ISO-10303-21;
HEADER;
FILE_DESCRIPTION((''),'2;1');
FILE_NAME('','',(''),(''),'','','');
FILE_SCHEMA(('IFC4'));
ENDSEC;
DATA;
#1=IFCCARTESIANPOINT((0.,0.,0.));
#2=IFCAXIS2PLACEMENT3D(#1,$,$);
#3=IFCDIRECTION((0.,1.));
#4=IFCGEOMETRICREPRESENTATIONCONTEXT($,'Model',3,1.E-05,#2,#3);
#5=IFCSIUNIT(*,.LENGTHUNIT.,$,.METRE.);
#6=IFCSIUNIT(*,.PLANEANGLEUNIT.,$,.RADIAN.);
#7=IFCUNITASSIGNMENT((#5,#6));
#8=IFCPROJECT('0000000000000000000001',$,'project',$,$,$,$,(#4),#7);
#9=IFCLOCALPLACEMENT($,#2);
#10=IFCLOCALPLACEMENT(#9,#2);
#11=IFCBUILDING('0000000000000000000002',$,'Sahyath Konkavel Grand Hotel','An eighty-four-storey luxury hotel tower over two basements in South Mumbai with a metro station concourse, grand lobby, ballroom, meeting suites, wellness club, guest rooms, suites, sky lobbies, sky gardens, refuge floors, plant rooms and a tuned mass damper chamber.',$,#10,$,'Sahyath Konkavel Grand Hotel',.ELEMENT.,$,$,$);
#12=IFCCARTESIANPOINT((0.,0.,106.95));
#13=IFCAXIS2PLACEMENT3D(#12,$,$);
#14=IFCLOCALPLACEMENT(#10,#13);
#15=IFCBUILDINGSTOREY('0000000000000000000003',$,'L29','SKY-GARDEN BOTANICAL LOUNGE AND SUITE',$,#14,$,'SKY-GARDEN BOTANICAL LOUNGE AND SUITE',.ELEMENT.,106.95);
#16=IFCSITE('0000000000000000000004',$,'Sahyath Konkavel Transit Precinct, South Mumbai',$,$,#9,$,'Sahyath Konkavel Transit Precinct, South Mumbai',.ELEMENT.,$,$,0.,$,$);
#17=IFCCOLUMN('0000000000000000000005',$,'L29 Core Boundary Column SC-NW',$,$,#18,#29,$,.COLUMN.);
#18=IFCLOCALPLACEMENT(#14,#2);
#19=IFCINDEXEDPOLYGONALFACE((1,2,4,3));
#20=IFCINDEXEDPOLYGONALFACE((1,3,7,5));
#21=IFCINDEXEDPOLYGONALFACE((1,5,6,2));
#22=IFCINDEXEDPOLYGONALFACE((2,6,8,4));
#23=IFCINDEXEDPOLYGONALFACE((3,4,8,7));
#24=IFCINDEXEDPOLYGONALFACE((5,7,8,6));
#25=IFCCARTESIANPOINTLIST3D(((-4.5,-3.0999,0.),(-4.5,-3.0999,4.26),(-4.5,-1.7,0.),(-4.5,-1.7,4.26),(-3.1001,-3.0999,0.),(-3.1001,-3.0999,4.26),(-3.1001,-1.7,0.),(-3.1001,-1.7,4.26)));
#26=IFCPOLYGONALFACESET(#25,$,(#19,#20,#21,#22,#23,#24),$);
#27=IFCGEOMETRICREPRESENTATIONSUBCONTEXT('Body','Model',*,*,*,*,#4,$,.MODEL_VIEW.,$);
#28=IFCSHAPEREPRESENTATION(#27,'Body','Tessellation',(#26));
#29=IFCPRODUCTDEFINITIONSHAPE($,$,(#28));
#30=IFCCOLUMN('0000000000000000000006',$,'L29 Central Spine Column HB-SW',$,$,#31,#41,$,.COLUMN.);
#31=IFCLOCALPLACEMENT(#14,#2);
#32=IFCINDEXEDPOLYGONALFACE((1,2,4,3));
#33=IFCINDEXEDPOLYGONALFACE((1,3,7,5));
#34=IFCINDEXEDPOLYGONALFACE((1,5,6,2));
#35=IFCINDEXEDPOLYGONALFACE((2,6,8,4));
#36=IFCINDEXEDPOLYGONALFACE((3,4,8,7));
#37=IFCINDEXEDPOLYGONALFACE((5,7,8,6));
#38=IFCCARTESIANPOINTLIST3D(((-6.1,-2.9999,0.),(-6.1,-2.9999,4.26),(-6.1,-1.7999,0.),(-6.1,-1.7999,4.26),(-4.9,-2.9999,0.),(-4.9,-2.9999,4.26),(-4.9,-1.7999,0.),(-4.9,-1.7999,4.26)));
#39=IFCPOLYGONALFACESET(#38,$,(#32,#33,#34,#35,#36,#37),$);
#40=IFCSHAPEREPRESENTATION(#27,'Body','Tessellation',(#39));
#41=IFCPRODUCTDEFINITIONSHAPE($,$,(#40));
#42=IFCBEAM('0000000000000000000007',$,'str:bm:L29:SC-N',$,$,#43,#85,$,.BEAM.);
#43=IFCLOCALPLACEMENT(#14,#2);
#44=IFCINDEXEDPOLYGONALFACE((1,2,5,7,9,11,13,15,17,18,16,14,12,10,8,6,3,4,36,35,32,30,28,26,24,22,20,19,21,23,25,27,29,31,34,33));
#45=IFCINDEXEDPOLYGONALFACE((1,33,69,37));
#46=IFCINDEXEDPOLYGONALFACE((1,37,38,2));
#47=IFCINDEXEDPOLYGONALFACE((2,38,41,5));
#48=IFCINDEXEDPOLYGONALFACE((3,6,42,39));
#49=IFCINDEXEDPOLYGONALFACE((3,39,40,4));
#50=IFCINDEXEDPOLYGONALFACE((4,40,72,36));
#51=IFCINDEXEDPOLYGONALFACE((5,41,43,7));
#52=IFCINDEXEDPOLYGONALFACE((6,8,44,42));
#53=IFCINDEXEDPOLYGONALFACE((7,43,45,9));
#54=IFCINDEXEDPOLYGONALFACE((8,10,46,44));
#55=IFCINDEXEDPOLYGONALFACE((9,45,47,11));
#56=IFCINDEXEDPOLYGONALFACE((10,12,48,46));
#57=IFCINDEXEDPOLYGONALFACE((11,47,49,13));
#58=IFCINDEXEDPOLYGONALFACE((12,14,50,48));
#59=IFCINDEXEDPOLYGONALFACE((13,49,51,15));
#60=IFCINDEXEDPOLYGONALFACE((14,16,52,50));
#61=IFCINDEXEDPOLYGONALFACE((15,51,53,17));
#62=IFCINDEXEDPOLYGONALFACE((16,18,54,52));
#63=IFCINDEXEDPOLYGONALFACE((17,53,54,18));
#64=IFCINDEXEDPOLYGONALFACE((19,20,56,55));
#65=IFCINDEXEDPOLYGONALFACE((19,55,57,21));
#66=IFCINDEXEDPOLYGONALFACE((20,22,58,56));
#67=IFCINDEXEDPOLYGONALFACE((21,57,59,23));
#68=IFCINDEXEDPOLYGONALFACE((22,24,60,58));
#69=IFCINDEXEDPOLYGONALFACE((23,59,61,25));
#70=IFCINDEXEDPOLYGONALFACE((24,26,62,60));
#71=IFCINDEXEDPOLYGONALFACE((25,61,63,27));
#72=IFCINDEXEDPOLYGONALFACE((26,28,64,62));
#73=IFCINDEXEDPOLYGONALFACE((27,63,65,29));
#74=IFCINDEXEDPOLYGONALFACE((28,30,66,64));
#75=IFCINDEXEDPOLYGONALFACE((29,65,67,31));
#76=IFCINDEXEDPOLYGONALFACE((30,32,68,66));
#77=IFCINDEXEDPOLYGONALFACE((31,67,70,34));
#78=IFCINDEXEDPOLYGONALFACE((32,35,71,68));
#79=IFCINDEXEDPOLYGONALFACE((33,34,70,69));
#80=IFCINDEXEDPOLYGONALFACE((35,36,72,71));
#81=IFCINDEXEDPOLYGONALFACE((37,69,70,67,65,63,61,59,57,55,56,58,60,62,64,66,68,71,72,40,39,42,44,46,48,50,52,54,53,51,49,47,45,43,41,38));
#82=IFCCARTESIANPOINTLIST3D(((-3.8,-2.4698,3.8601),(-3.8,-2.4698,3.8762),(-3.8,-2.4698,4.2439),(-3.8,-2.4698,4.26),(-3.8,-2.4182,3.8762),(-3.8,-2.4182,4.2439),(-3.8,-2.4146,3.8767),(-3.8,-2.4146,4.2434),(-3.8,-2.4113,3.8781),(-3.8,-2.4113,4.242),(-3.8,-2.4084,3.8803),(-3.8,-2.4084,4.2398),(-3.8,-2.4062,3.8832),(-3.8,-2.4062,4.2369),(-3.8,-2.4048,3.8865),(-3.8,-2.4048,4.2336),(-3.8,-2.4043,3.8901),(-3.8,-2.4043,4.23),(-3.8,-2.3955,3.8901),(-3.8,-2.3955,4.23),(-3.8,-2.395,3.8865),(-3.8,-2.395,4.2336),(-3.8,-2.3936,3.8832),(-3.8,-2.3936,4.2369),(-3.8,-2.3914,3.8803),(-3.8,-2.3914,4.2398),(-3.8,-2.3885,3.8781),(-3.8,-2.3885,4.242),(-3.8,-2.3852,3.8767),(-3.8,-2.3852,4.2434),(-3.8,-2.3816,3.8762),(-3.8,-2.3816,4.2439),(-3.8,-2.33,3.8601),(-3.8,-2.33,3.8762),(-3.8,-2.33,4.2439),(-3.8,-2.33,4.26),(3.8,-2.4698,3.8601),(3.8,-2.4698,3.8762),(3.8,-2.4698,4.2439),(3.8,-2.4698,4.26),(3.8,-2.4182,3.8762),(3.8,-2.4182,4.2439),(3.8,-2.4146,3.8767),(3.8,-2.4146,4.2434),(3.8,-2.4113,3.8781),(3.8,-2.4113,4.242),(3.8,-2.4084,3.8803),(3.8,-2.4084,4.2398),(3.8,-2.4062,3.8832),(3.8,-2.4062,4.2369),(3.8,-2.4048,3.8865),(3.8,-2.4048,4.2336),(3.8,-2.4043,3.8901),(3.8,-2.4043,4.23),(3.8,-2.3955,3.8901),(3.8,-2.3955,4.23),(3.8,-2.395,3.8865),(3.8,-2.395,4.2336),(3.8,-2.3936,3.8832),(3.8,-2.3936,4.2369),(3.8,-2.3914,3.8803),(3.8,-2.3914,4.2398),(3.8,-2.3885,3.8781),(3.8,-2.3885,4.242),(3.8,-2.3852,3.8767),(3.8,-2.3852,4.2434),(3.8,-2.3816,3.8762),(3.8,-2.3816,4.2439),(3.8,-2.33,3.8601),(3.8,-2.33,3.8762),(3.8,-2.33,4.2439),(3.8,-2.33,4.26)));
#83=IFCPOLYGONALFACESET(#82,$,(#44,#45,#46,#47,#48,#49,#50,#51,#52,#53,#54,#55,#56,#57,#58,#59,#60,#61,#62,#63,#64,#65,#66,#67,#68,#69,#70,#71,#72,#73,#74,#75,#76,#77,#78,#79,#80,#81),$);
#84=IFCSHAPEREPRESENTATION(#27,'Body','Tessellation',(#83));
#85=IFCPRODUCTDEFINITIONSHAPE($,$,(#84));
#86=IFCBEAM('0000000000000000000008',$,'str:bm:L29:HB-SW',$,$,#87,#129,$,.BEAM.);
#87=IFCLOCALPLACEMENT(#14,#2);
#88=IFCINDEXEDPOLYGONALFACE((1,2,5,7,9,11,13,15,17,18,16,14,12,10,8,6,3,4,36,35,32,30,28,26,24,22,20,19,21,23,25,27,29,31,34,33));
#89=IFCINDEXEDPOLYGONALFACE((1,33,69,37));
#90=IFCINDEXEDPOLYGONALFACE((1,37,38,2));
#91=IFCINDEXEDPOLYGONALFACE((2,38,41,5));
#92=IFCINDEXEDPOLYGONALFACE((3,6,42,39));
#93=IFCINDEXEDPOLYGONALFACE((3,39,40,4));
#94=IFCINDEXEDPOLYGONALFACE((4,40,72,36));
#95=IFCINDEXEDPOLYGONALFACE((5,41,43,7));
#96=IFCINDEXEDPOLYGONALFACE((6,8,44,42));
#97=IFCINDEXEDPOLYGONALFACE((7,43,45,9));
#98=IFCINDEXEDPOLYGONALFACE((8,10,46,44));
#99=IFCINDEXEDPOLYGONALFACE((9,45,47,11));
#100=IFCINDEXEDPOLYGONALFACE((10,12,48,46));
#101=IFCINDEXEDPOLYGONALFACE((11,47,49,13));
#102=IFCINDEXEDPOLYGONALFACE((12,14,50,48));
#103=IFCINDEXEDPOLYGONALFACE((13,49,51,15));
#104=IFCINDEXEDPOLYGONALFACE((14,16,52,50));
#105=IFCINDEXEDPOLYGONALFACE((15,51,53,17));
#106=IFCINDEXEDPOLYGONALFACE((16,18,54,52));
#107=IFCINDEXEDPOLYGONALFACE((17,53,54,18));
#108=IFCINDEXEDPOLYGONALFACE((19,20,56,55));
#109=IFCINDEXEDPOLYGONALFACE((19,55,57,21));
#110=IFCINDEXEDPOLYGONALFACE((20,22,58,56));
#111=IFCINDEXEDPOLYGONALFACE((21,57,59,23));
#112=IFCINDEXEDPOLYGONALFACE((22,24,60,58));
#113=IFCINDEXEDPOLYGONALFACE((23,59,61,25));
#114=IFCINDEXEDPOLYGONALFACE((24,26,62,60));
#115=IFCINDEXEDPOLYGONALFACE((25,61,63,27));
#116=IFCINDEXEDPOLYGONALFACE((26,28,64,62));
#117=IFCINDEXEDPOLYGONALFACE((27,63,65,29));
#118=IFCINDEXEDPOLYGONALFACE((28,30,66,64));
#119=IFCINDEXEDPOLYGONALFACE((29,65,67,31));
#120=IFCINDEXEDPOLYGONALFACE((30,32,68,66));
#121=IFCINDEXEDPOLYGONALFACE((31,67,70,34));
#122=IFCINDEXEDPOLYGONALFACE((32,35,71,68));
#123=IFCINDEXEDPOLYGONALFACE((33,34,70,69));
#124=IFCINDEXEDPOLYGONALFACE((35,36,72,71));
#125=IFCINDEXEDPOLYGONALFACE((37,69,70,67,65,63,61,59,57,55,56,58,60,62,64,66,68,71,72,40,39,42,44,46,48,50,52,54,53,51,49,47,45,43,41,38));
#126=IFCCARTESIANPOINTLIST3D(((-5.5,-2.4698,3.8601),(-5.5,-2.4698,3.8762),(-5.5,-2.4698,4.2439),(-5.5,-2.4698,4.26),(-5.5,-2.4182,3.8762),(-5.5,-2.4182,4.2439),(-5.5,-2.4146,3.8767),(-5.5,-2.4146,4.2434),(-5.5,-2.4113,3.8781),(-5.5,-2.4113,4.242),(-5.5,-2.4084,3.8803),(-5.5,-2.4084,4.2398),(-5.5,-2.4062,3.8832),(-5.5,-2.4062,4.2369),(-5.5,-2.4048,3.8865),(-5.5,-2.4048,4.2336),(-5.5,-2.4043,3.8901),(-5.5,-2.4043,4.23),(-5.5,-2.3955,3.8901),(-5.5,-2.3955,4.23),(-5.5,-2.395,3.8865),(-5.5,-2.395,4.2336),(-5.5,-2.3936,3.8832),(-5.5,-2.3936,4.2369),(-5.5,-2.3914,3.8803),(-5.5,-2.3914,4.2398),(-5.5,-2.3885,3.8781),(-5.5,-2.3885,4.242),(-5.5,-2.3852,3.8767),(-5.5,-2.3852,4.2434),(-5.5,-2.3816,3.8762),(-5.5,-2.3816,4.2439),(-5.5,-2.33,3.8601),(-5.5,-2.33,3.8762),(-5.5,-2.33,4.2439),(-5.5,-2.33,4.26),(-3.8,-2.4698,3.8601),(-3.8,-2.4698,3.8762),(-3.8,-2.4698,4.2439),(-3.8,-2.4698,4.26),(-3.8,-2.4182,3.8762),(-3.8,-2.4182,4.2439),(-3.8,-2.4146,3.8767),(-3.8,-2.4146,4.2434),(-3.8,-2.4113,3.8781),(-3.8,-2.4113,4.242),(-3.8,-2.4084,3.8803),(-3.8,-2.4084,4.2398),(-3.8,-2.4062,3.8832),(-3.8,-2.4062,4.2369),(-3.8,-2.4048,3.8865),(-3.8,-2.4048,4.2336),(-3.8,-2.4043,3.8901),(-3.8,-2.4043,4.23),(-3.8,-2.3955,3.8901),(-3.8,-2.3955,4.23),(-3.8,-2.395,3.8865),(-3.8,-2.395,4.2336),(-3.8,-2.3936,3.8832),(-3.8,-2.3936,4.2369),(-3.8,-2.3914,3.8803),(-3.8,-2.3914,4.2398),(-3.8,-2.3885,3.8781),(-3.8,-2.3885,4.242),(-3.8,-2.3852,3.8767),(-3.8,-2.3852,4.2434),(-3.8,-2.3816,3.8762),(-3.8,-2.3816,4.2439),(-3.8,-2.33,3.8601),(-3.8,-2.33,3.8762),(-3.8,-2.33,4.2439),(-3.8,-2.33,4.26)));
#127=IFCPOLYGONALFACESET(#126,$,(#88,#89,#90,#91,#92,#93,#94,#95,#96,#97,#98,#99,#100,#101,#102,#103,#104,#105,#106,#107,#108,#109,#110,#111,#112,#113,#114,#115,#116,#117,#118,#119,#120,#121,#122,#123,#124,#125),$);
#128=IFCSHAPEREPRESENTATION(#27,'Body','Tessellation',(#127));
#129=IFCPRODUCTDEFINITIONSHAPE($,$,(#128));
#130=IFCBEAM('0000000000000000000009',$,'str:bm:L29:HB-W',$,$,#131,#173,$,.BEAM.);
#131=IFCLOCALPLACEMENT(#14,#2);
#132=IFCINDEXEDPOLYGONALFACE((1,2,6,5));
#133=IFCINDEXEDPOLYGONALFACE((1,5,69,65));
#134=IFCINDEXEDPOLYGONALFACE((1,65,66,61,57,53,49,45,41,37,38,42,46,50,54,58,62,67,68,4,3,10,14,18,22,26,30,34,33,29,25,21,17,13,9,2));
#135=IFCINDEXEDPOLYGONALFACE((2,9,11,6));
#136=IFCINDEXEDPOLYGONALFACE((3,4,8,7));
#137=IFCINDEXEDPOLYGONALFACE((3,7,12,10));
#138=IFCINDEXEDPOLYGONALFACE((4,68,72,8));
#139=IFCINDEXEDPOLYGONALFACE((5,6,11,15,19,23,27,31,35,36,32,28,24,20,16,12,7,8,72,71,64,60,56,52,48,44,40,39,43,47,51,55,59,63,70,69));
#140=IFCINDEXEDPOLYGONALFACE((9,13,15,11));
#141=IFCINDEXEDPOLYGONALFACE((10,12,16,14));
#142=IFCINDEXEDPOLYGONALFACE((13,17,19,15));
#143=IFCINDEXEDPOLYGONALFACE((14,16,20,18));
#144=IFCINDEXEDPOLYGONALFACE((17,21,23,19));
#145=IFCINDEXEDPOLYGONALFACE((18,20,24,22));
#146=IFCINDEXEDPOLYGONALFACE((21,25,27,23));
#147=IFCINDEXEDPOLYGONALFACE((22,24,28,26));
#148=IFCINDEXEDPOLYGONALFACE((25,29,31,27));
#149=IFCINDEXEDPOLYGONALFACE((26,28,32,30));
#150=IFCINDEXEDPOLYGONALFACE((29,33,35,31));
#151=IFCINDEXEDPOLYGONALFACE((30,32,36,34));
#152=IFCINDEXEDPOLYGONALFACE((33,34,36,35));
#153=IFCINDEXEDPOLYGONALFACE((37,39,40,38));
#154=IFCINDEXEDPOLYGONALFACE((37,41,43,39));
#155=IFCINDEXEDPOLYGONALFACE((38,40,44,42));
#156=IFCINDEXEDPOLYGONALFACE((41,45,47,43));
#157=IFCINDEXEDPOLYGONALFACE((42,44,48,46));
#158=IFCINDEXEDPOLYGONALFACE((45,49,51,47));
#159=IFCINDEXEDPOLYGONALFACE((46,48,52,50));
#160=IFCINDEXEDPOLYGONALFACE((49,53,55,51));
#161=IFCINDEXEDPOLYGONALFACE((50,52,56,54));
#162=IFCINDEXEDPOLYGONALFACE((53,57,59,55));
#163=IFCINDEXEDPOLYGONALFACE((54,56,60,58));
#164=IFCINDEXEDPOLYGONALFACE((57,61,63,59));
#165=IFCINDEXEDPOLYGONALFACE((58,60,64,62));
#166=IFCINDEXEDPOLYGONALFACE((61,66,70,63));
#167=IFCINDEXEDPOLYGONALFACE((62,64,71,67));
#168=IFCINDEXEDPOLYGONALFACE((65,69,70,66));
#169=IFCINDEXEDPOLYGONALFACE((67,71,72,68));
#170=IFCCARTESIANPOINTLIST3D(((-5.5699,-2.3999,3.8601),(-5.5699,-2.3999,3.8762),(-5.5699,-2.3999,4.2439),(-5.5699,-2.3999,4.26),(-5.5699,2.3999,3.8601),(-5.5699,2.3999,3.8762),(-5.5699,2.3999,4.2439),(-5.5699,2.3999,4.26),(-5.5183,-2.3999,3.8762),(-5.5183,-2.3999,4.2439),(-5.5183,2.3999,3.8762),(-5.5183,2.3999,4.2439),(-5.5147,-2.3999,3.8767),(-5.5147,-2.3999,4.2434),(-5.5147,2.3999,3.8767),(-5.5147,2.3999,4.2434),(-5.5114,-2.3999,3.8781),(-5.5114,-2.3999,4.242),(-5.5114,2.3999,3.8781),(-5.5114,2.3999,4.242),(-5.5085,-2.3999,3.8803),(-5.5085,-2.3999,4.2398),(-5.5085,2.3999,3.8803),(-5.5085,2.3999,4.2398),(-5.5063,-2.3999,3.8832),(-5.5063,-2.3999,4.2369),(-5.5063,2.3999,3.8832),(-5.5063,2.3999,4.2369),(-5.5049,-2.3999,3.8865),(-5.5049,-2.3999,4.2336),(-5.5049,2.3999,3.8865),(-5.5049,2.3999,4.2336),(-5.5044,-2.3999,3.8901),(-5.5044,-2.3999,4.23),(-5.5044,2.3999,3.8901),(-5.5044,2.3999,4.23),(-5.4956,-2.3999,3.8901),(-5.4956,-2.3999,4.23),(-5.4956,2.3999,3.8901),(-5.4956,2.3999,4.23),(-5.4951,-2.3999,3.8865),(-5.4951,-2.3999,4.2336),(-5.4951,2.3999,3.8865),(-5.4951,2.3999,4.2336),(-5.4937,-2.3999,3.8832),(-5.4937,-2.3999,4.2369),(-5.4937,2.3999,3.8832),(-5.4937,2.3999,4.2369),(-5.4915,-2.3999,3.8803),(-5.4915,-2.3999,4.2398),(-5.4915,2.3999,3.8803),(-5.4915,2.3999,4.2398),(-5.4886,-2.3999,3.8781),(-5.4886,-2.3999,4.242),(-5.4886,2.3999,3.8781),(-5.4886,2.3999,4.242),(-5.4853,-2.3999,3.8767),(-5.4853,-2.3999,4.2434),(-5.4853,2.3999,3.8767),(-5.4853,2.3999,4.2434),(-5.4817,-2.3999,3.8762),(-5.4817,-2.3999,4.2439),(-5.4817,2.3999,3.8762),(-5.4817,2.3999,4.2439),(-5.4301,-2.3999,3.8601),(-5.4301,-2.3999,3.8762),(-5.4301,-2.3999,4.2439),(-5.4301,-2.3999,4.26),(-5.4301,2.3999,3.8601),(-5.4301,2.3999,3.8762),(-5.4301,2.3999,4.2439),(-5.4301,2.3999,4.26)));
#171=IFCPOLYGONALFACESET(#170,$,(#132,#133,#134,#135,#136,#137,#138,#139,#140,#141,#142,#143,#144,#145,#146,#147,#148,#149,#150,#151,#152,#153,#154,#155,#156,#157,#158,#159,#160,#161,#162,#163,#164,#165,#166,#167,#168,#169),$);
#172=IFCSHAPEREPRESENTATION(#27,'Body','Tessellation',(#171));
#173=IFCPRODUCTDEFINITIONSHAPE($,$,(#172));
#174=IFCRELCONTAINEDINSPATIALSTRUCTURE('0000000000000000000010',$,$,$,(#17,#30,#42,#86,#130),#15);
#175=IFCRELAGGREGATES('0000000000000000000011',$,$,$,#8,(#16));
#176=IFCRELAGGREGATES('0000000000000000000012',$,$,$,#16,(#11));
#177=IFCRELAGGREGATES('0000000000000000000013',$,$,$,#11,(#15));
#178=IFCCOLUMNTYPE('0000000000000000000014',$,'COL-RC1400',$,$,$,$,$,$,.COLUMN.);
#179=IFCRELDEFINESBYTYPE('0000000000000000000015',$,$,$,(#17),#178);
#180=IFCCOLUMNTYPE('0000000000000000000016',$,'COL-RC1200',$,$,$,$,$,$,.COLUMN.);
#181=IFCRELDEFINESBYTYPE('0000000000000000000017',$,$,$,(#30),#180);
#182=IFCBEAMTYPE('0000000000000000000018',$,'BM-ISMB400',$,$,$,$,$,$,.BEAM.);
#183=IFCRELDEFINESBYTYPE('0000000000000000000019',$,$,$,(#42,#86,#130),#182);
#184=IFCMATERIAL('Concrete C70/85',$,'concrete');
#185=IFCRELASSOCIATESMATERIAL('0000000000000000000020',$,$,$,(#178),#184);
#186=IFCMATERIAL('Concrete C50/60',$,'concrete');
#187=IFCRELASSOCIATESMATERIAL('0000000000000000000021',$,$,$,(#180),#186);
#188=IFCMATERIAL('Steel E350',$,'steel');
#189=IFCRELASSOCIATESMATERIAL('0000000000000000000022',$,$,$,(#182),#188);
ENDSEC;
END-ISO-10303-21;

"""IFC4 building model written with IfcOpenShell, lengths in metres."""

from ifc_helpers import new_model, si_unit, direction, frame, origin, origin_2d, place, context, subcontext, project, spatial, rectangle, i_section, extrude, source, transform, mapped, material, material_profile, profile_set, type_object, element, save


model = new_model("IFC4")

# Units and contexts
model_context = context("Model", 3, precision=1e-05, world=origin(), true_north=direction((0.0, 1.0)))
body_context = subcontext(model_context, "Body", "Model", "MODEL_VIEW")
ifc_project = project(units=[si_unit("LENGTHUNIT", "METRE"), si_unit("PLANEANGLEUNIT", "RADIAN")], contexts=[model_context])

# Site, building, storey
site_placement = place(None, origin())
site = spatial("IfcSite", under=ifc_project, at=site_placement, Name="Sahyath Konkavel Transit Precinct, South Mumbai", LongName="Sahyath Konkavel Transit Precinct, South Mumbai", CompositionType="ELEMENT", RefElevation=0.0)
building_placement = place(site_placement, origin())
building = spatial("IfcBuilding", under=site, at=building_placement, Name="Sahyath Konkavel Grand Hotel", Description="An eighty-four-storey luxury hotel tower over two basements in South Mumbai with a metro station concourse, grand lobby, ballroom, meeting suites, wellness club, guest rooms, suites, sky lobbies, sky gardens, refuge floors, plant rooms and a tuned mass damper chamber.", LongName="Sahyath Konkavel Grand Hotel", CompositionType="ELEMENT")
storey_placement = place(building_placement, frame((0.0, 0.0, 106.95)))
storey = spatial("IfcBuildingStorey", under=building, at=storey_placement, Name="L29", Description="SKY-GARDEN BOTANICAL LOUNGE AND SUITE", LongName="SKY-GARDEN BOTANICAL LOUNGE AND SUITE", CompositionType="ELEMENT", Elevation=106.95)

# Columns
ifc_material_1 = material(Name="Concrete C70/85", Category="concrete")
ifc_material_profile_1 = material_profile(ifc_material_1, rectangle(XDim=1.3999, YDim=1.3999, at=origin_2d()), Name="RC 1400x1400")
ifc_profile_set_1 = profile_set([ifc_material_profile_1], Name="Concrete C70/85")
column_type_1 = type_object("IfcColumnType", Name="COL-RC1400", PredefinedType="COLUMN", material=ifc_profile_set_1)
shared_shape_1 = source(origin(), body_context, "Body", "SweptSolid", [
    extrude(rectangle(XDim=1.3999, YDim=1.3999, at=origin_2d()), origin(), (0.0, 0.0, 1.0), 4.26),
])
column_1_placement = place(storey_placement, frame((-3.8, -2.3999, 0.0), z_axis=(0.0, 0.0, 1.0), x_axis=(1.0, 0.0, 0.0)))
element("IfcColumn", 1, at=column_1_placement, inside=storey, type_object=column_type_1, Name="L29 Core Boundary Column SC-NW", PredefinedType="COLUMN", context=body_context, shape_type="MappedRepresentation", body=[
    mapped(shared_shape_1, transform((0.0, 0.0, 0.0), scale=1.0)),
])
ifc_material_2 = material(Name="Concrete C50/60", Category="concrete")
ifc_material_profile_2 = material_profile(ifc_material_2, rectangle(XDim=1.2, YDim=1.2, at=origin_2d()), Name="RC 1200x1200")
ifc_profile_set_2 = profile_set([ifc_material_profile_2], Name="Concrete C50/60")
column_type_2 = type_object("IfcColumnType", Name="COL-RC1200", PredefinedType="COLUMN", material=ifc_profile_set_2)
shared_shape_2 = source(origin(), body_context, "Body", "SweptSolid", [
    extrude(rectangle(XDim=1.2, YDim=1.2, at=origin_2d()), origin(), (0.0, 0.0, 1.0), 4.26),
])
column_2_placement = place(storey_placement, frame((-5.5, -2.3999, 0.0), z_axis=(0.0, 0.0, 1.0), x_axis=(1.0, 0.0, 0.0)))
element("IfcColumn", 2, at=column_2_placement, inside=storey, type_object=column_type_2, Name="L29 Central Spine Column HB-SW", PredefinedType="COLUMN", context=body_context, shape_type="MappedRepresentation", body=[
    mapped(shared_shape_2, transform((0.0, 0.0, 0.0), scale=1.0)),
])

# Beams
ifc_material_3 = material(Name="Steel E350", Category="steel")
ifc_material_profile_3 = material_profile(ifc_material_3, i_section(OverallWidth=0.1399, OverallDepth=0.3999, WebThickness=0.0088, FlangeThickness=0.0161, FilletRadius=0.0139, at=origin_2d()), Name="ISMB 400")
ifc_profile_set_3 = profile_set([ifc_material_profile_3], Name="Steel E350")
beam_type_1 = type_object("IfcBeamType", Name="BM-ISMB400", PredefinedType="BEAM", material=ifc_profile_set_3)
shared_shape_3 = source(origin(), body_context, "Body", "SweptSolid", [
    extrude(i_section(OverallWidth=0.1399, OverallDepth=0.3999, WebThickness=0.0088, FlangeThickness=0.0161, FilletRadius=0.0139, at=origin_2d()), origin(), (0.0, 0.0, 1.0), 7.6001),
])
beam_1_placement = place(storey_placement, frame((-3.8, -2.3999, 4.0601), z_axis=(1.0, 0.0, 0.0), x_axis=(0.0, 1.0, 0.0)))
element("IfcBeam", 3, at=beam_1_placement, inside=storey, type_object=beam_type_1, Name="str:bm:L29:SC-N", PredefinedType="BEAM", context=body_context, shape_type="MappedRepresentation", body=[
    mapped(shared_shape_3, transform((0.0, 0.0, 0.0), scale=1.0)),
])
shared_shape_4 = source(origin(), body_context, "Body", "SweptSolid", [
    extrude(i_section(OverallWidth=0.1399, OverallDepth=0.3999, WebThickness=0.0088, FlangeThickness=0.0161, FilletRadius=0.0139, at=origin_2d()), origin(), (0.0, 0.0, 1.0), 1.7),
])
beam_2_placement = place(storey_placement, frame((-5.5, -2.3999, 4.0601), z_axis=(1.0, 0.0, 0.0), x_axis=(0.0, 1.0, 0.0)))
element("IfcBeam", 4, at=beam_2_placement, inside=storey, type_object=beam_type_1, Name="str:bm:L29:HB-SW", PredefinedType="BEAM", context=body_context, shape_type="MappedRepresentation", body=[
    mapped(shared_shape_4, transform((0.0, 0.0, 0.0), scale=1.0)),
])
shared_shape_5 = source(origin(), body_context, "Body", "SweptSolid", [
    extrude(i_section(OverallWidth=0.1399, OverallDepth=0.3999, WebThickness=0.0088, FlangeThickness=0.0161, FilletRadius=0.0139, at=origin_2d()), origin(), (0.0, 0.0, 1.0), 4.7998),
])
beam_3_placement = place(storey_placement, frame((-5.5, -2.3999, 4.0601), z_axis=(0.0, 1.0, 0.0), x_axis=(-1.0, 0.0, 0.0)))
element("IfcBeam", 5, at=beam_3_placement, inside=storey, type_object=beam_type_1, Name="str:bm:L29:HB-W", PredefinedType="BEAM", context=body_context, shape_type="MappedRepresentation", body=[
    mapped(shared_shape_5, transform((0.0, 0.0, 0.0), scale=1.0)),
])

save(model, "model.ifc")
